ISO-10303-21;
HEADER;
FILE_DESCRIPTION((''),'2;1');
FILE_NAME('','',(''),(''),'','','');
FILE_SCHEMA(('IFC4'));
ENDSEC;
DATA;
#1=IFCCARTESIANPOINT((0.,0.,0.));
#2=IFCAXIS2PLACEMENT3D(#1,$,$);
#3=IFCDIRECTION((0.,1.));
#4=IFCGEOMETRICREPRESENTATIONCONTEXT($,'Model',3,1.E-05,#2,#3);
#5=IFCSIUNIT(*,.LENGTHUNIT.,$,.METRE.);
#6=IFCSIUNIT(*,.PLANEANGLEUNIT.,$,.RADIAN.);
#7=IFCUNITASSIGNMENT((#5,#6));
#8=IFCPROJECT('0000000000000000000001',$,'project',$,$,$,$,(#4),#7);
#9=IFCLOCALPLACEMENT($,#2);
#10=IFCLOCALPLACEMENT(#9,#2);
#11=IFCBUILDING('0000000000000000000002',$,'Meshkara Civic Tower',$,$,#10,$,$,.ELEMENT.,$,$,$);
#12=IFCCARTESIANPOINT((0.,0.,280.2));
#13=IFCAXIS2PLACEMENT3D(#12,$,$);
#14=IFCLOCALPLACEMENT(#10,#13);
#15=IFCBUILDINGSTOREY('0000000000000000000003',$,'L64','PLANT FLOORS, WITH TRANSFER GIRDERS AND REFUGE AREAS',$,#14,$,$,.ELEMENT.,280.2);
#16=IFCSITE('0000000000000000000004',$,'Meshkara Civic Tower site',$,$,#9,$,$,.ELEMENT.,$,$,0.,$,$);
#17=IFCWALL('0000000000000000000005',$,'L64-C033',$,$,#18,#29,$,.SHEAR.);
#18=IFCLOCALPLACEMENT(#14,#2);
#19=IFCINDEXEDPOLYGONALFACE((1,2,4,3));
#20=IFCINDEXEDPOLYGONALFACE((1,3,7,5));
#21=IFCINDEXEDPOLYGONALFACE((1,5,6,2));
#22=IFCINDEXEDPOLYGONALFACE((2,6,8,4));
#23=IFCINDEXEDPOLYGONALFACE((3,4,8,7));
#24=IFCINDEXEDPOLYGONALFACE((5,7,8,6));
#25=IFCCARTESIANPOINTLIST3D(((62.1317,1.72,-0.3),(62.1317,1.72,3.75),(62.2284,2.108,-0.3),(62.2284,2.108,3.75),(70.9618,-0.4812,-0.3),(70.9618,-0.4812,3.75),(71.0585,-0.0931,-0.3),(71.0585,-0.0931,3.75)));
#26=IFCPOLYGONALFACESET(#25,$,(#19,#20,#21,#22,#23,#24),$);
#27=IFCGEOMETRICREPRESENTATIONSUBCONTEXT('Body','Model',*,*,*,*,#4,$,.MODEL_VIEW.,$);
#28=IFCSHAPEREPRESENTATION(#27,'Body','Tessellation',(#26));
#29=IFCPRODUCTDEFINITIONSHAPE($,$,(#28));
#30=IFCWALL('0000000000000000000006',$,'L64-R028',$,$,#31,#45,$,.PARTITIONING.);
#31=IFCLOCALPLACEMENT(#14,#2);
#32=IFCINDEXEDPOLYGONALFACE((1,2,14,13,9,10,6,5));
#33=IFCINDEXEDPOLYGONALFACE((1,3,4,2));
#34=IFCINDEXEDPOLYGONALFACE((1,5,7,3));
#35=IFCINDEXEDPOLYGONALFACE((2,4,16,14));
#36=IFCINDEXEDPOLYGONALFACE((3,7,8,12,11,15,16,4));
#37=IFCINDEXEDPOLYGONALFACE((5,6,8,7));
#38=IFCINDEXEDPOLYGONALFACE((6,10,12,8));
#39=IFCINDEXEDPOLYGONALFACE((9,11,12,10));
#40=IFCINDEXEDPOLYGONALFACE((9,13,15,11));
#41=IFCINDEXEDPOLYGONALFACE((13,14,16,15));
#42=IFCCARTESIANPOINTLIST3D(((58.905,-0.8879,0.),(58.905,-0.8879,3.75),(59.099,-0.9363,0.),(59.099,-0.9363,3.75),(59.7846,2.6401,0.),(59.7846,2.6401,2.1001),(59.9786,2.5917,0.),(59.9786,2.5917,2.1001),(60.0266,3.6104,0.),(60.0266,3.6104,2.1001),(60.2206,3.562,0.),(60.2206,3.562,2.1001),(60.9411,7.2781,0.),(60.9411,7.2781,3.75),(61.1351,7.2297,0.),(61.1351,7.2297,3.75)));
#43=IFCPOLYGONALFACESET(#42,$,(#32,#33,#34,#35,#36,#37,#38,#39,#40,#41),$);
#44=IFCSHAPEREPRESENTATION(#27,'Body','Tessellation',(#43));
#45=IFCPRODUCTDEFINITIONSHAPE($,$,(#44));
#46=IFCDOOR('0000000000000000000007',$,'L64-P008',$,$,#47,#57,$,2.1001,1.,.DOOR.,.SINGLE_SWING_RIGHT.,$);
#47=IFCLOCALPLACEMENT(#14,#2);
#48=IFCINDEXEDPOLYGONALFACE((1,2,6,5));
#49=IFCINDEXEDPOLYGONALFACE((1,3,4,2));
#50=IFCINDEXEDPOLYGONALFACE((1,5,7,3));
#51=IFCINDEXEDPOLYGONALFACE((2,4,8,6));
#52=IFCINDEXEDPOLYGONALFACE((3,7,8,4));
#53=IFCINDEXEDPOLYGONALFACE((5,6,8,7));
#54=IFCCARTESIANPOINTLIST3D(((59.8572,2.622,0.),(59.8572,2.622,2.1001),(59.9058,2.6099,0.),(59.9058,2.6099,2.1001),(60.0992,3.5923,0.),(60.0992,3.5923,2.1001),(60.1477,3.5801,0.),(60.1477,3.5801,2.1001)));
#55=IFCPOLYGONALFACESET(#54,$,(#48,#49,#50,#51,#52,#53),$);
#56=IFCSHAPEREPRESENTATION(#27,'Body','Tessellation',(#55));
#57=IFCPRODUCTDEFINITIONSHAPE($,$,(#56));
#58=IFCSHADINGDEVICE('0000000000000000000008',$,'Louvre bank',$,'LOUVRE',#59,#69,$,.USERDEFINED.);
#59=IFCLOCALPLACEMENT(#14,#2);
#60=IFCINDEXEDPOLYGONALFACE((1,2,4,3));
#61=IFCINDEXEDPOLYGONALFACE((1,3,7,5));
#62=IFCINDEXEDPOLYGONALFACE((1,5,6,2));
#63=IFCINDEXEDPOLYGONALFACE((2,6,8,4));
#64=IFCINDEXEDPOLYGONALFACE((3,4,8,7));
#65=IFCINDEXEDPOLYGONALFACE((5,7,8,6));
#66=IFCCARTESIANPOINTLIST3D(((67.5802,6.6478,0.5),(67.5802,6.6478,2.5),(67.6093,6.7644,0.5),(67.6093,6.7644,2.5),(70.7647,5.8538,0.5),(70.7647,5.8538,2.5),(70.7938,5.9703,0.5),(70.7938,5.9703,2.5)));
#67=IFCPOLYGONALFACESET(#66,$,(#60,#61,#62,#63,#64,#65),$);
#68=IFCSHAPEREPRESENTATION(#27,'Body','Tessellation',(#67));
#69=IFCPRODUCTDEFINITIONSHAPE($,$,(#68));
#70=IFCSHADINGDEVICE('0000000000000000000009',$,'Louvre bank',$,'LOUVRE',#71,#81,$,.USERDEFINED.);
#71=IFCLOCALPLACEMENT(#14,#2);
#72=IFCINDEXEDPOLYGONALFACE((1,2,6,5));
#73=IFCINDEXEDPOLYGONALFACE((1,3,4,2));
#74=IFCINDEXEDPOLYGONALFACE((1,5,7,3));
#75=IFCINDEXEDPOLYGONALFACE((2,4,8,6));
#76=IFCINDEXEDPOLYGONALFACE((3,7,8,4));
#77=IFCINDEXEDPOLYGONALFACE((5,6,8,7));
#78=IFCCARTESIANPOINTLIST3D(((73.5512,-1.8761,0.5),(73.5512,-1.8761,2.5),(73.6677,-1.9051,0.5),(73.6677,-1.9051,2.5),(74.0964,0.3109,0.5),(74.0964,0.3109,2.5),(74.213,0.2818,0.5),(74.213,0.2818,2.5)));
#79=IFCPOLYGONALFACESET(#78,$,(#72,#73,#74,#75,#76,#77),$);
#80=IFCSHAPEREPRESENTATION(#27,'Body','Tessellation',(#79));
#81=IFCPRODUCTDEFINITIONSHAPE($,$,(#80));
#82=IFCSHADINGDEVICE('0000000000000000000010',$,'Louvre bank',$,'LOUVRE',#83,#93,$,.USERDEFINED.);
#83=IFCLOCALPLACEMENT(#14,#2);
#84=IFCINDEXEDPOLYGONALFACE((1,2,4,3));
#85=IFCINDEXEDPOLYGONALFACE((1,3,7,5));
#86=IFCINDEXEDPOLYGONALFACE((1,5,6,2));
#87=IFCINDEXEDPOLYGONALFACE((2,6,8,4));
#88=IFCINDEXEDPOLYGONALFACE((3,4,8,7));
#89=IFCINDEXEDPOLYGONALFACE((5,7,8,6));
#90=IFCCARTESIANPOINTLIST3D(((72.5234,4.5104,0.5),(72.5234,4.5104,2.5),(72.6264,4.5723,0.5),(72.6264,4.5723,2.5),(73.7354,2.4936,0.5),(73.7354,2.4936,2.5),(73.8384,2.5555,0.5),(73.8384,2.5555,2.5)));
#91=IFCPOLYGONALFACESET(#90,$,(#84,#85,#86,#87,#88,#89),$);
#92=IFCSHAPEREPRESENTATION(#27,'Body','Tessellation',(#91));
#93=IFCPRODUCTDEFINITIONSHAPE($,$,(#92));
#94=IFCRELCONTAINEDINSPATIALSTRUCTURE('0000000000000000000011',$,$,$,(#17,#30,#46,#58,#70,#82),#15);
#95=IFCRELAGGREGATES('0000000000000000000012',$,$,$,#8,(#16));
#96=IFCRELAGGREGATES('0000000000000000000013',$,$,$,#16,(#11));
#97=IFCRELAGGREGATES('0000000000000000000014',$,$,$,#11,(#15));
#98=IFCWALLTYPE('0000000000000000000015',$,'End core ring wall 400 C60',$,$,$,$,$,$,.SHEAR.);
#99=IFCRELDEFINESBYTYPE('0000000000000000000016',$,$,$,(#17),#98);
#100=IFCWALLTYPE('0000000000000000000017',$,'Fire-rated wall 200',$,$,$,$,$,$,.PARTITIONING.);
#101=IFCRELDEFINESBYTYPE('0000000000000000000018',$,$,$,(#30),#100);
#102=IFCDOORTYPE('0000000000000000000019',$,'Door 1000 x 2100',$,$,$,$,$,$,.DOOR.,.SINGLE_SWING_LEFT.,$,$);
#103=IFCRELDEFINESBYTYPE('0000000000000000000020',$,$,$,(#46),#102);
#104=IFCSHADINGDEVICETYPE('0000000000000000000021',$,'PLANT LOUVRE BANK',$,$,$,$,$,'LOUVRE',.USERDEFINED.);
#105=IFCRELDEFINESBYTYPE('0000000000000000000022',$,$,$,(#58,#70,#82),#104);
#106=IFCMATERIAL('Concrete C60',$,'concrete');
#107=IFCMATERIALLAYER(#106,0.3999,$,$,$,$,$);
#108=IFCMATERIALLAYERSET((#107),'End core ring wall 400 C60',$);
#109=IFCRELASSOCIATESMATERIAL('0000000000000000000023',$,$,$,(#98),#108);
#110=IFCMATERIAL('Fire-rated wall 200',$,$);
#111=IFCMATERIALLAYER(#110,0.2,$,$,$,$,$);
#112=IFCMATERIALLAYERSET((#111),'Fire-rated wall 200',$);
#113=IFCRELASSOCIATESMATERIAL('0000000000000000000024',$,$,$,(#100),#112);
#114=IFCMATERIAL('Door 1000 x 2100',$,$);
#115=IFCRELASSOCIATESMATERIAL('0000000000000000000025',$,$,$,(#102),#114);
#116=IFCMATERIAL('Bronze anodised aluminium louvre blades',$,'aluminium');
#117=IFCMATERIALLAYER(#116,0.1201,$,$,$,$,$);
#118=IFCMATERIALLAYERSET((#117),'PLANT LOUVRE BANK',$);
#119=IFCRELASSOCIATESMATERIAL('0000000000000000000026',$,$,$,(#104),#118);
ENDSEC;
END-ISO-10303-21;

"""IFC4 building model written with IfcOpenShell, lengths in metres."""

from ifc_helpers import new_model, si_unit, direction, frame, frame_2d, origin, origin_2d, place, context, subcontext, project, spatial, rectangle, extrude, material, layer, layer_set, type_object, element, fill, save


model = new_model("IFC4")

# Units and contexts
model_context = context("Model", 3, precision=1e-05, world=origin(), true_north=direction((0.0, 1.0)))
body_context = subcontext(model_context, "Body", "Model", "MODEL_VIEW")
ifc_project = project(units=[si_unit("LENGTHUNIT", "METRE"), si_unit("PLANEANGLEUNIT", "RADIAN")], contexts=[model_context])

# Site, building, storey
site_placement = place(None, origin())
site = spatial("IfcSite", under=ifc_project, at=site_placement, Name="Meshkara Civic Tower site", CompositionType="ELEMENT", RefElevation=0.0)
building_placement = place(site_placement, origin())
building = spatial("IfcBuilding", under=site, at=building_placement, Name="Meshkara Civic Tower", CompositionType="ELEMENT")
storey_placement = place(building_placement, frame((0.0, 0.0, 280.2)))
storey = spatial("IfcBuildingStorey", under=building, at=storey_placement, Name="L64", Description="PLANT FLOORS, WITH TRANSFER GIRDERS AND REFUGE AREAS", CompositionType="ELEMENT", Elevation=280.2)

# Wall
ifc_material_1 = material(Name="Concrete C60", Category="concrete")
ifc_layer_1 = layer(ifc_material_1, 0.3999)
ifc_layer_set_1 = layer_set([ifc_layer_1], Name="End core ring wall 400 C60")
wall_type_1 = type_object("IfcWallType", Name="End core ring wall 400 C60", PredefinedType="SHEAR", material=ifc_layer_set_1)
wall_1_placement = place(storey_placement, frame((62.1799, 1.9141, -0.3), z_axis=(0.0, 0.0, 1.0), x_axis=(0.970306, -0.241879, 0.0)))
element("IfcWall", 1, at=wall_1_placement, inside=storey, type_object=wall_type_1, Name="L64-C033", PredefinedType="SHEAR", context=body_context, shape_type="SweptSolid", body=[
    extrude(rectangle(XDim=9.1003, YDim=0.3999, at=frame_2d((4.5503, 0.0))), origin(), (0.0, 0.0, 1.0), 4.05),
])

# Wall, opening, door
ifc_material_2 = material(Name="Fire-rated wall 200")
ifc_layer_2 = layer(ifc_material_2, 0.2)
ifc_layer_set_2 = layer_set([ifc_layer_2], Name="Fire-rated wall 200")
wall_type_2 = type_object("IfcWallType", Name="Fire-rated wall 200", PredefinedType="PARTITIONING", material=ifc_layer_set_2)
wall_2_placement = place(storey_placement, frame((61.0381, 7.2539, 0.0), z_axis=(0.0, 0.0, 1.0), x_axis=(-0.241935, -0.970292, 0.0)))
wall_2 = element("IfcWall", 2, at=wall_2_placement, inside=storey, type_object=wall_type_2, Name="L64-R028", PredefinedType="PARTITIONING", context=body_context, shape_type="SweptSolid", body=[
    extrude(rectangle(XDim=8.416, YDim=0.2, at=frame_2d((4.208, 0.0))), origin(), (0.0, 0.0, 1.0), 3.75),
])
opening_placement = place(wall_2_placement, frame((3.78, 0.0, 0.0)))
opening = element("IfcOpeningElement", 3, at=opening_placement, cuts=wall_2, PredefinedType="OPENING", context=body_context, shape_type="SweptSolid", body=[
    extrude(rectangle(XDim=1.0, YDim=2.1001, at=frame_2d((0.5, 1.05))), frame((0.0, 0.1099, 0.0), z_axis=(0.0, -1.0, 0.0), x_axis=(1.0, 0.0, 0.0)), (0.0, 0.0, 1.0), 0.22),
])
ifc_material_3 = material(Name="Door 1000 x 2100")
door_type = type_object("IfcDoorType", Name="Door 1000 x 2100", OperationType="SINGLE_SWING_LEFT", PredefinedType="DOOR", material=ifc_material_3)
door_placement = place(opening_placement, origin())
door = element("IfcDoor", 4, at=door_placement, inside=storey, type_object=door_type, Name="L64-P008", OperationType="SINGLE_SWING_RIGHT", OverallHeight=2.1001, OverallWidth=1.0, PredefinedType="DOOR", context=body_context, shape_type="SweptSolid", body=[
    extrude(rectangle(XDim=1.0, YDim=2.1001, at=frame_2d((0.5, 1.05))), frame((0.0, 0.0249, 0.0), z_axis=(0.0, -1.0, 0.0), x_axis=(1.0, 0.0, 0.0)), (0.0, 0.0, 1.0), 0.05),
])
fill(opening, door)

# Shading devices
ifc_material_4 = material(Name="Bronze anodised aluminium louvre blades", Category="aluminium")
ifc_layer_3 = layer(ifc_material_4, 0.1201)
ifc_layer_set_3 = layer_set([ifc_layer_3], Name="PLANT LOUVRE BANK")
shading_device_type = type_object("IfcShadingDeviceType", Name="PLANT LOUVRE BANK", ElementType="LOUVRE", PredefinedType="USERDEFINED", material=ifc_layer_set_3)
shading_device_1_placement = place(storey_placement, frame((69.187, 6.3091, 0.5), z_axis=(0.0, 0.0, 1.0), x_axis=(-0.970292, 0.241939, 0.0)))
element("IfcShadingDevice", 5, at=shading_device_1_placement, inside=storey, type_object=shading_device_type, Name="Louvre bank", ObjectType="LOUVRE", PredefinedType="USERDEFINED", context=body_context, shape_type="SweptSolid", body=[
    extrude(rectangle(XDim=3.282, YDim=0.1201, at=origin_2d()), origin(), (0.0, 0.0, 1.0), 2.0),
])
shading_device_2_placement = place(storey_placement, frame((73.8821, -0.7971, 0.5), z_axis=(0.0, 0.0, 1.0), x_axis=(0.241922, 0.970296, 0.0)))
element("IfcShadingDevice", 6, at=shading_device_2_placement, inside=storey, type_object=shading_device_type, Name="Louvre bank", ObjectType="LOUVRE", PredefinedType="USERDEFINED", context=body_context, shape_type="SweptSolid", body=[
    extrude(rectangle(XDim=2.2539, YDim=0.1201, at=origin_2d()), origin(), (0.0, 0.0, 1.0), 2.0),
])
shading_device_3_placement = place(storey_placement, frame((73.1809, 3.533, 0.5), z_axis=(0.0, 0.0, 1.0), x_axis=(-0.515098, 0.857131, 0.0)))
element("IfcShadingDevice", 7, at=shading_device_3_placement, inside=storey, type_object=shading_device_type, Name="Louvre bank", ObjectType="LOUVRE", PredefinedType="USERDEFINED", context=body_context, shape_type="SweptSolid", body=[
    extrude(rectangle(XDim=2.353, YDim=0.1201, at=origin_2d()), origin(), (0.0, 0.0, 1.0), 2.0),
])

save(model, "model.ifc")
